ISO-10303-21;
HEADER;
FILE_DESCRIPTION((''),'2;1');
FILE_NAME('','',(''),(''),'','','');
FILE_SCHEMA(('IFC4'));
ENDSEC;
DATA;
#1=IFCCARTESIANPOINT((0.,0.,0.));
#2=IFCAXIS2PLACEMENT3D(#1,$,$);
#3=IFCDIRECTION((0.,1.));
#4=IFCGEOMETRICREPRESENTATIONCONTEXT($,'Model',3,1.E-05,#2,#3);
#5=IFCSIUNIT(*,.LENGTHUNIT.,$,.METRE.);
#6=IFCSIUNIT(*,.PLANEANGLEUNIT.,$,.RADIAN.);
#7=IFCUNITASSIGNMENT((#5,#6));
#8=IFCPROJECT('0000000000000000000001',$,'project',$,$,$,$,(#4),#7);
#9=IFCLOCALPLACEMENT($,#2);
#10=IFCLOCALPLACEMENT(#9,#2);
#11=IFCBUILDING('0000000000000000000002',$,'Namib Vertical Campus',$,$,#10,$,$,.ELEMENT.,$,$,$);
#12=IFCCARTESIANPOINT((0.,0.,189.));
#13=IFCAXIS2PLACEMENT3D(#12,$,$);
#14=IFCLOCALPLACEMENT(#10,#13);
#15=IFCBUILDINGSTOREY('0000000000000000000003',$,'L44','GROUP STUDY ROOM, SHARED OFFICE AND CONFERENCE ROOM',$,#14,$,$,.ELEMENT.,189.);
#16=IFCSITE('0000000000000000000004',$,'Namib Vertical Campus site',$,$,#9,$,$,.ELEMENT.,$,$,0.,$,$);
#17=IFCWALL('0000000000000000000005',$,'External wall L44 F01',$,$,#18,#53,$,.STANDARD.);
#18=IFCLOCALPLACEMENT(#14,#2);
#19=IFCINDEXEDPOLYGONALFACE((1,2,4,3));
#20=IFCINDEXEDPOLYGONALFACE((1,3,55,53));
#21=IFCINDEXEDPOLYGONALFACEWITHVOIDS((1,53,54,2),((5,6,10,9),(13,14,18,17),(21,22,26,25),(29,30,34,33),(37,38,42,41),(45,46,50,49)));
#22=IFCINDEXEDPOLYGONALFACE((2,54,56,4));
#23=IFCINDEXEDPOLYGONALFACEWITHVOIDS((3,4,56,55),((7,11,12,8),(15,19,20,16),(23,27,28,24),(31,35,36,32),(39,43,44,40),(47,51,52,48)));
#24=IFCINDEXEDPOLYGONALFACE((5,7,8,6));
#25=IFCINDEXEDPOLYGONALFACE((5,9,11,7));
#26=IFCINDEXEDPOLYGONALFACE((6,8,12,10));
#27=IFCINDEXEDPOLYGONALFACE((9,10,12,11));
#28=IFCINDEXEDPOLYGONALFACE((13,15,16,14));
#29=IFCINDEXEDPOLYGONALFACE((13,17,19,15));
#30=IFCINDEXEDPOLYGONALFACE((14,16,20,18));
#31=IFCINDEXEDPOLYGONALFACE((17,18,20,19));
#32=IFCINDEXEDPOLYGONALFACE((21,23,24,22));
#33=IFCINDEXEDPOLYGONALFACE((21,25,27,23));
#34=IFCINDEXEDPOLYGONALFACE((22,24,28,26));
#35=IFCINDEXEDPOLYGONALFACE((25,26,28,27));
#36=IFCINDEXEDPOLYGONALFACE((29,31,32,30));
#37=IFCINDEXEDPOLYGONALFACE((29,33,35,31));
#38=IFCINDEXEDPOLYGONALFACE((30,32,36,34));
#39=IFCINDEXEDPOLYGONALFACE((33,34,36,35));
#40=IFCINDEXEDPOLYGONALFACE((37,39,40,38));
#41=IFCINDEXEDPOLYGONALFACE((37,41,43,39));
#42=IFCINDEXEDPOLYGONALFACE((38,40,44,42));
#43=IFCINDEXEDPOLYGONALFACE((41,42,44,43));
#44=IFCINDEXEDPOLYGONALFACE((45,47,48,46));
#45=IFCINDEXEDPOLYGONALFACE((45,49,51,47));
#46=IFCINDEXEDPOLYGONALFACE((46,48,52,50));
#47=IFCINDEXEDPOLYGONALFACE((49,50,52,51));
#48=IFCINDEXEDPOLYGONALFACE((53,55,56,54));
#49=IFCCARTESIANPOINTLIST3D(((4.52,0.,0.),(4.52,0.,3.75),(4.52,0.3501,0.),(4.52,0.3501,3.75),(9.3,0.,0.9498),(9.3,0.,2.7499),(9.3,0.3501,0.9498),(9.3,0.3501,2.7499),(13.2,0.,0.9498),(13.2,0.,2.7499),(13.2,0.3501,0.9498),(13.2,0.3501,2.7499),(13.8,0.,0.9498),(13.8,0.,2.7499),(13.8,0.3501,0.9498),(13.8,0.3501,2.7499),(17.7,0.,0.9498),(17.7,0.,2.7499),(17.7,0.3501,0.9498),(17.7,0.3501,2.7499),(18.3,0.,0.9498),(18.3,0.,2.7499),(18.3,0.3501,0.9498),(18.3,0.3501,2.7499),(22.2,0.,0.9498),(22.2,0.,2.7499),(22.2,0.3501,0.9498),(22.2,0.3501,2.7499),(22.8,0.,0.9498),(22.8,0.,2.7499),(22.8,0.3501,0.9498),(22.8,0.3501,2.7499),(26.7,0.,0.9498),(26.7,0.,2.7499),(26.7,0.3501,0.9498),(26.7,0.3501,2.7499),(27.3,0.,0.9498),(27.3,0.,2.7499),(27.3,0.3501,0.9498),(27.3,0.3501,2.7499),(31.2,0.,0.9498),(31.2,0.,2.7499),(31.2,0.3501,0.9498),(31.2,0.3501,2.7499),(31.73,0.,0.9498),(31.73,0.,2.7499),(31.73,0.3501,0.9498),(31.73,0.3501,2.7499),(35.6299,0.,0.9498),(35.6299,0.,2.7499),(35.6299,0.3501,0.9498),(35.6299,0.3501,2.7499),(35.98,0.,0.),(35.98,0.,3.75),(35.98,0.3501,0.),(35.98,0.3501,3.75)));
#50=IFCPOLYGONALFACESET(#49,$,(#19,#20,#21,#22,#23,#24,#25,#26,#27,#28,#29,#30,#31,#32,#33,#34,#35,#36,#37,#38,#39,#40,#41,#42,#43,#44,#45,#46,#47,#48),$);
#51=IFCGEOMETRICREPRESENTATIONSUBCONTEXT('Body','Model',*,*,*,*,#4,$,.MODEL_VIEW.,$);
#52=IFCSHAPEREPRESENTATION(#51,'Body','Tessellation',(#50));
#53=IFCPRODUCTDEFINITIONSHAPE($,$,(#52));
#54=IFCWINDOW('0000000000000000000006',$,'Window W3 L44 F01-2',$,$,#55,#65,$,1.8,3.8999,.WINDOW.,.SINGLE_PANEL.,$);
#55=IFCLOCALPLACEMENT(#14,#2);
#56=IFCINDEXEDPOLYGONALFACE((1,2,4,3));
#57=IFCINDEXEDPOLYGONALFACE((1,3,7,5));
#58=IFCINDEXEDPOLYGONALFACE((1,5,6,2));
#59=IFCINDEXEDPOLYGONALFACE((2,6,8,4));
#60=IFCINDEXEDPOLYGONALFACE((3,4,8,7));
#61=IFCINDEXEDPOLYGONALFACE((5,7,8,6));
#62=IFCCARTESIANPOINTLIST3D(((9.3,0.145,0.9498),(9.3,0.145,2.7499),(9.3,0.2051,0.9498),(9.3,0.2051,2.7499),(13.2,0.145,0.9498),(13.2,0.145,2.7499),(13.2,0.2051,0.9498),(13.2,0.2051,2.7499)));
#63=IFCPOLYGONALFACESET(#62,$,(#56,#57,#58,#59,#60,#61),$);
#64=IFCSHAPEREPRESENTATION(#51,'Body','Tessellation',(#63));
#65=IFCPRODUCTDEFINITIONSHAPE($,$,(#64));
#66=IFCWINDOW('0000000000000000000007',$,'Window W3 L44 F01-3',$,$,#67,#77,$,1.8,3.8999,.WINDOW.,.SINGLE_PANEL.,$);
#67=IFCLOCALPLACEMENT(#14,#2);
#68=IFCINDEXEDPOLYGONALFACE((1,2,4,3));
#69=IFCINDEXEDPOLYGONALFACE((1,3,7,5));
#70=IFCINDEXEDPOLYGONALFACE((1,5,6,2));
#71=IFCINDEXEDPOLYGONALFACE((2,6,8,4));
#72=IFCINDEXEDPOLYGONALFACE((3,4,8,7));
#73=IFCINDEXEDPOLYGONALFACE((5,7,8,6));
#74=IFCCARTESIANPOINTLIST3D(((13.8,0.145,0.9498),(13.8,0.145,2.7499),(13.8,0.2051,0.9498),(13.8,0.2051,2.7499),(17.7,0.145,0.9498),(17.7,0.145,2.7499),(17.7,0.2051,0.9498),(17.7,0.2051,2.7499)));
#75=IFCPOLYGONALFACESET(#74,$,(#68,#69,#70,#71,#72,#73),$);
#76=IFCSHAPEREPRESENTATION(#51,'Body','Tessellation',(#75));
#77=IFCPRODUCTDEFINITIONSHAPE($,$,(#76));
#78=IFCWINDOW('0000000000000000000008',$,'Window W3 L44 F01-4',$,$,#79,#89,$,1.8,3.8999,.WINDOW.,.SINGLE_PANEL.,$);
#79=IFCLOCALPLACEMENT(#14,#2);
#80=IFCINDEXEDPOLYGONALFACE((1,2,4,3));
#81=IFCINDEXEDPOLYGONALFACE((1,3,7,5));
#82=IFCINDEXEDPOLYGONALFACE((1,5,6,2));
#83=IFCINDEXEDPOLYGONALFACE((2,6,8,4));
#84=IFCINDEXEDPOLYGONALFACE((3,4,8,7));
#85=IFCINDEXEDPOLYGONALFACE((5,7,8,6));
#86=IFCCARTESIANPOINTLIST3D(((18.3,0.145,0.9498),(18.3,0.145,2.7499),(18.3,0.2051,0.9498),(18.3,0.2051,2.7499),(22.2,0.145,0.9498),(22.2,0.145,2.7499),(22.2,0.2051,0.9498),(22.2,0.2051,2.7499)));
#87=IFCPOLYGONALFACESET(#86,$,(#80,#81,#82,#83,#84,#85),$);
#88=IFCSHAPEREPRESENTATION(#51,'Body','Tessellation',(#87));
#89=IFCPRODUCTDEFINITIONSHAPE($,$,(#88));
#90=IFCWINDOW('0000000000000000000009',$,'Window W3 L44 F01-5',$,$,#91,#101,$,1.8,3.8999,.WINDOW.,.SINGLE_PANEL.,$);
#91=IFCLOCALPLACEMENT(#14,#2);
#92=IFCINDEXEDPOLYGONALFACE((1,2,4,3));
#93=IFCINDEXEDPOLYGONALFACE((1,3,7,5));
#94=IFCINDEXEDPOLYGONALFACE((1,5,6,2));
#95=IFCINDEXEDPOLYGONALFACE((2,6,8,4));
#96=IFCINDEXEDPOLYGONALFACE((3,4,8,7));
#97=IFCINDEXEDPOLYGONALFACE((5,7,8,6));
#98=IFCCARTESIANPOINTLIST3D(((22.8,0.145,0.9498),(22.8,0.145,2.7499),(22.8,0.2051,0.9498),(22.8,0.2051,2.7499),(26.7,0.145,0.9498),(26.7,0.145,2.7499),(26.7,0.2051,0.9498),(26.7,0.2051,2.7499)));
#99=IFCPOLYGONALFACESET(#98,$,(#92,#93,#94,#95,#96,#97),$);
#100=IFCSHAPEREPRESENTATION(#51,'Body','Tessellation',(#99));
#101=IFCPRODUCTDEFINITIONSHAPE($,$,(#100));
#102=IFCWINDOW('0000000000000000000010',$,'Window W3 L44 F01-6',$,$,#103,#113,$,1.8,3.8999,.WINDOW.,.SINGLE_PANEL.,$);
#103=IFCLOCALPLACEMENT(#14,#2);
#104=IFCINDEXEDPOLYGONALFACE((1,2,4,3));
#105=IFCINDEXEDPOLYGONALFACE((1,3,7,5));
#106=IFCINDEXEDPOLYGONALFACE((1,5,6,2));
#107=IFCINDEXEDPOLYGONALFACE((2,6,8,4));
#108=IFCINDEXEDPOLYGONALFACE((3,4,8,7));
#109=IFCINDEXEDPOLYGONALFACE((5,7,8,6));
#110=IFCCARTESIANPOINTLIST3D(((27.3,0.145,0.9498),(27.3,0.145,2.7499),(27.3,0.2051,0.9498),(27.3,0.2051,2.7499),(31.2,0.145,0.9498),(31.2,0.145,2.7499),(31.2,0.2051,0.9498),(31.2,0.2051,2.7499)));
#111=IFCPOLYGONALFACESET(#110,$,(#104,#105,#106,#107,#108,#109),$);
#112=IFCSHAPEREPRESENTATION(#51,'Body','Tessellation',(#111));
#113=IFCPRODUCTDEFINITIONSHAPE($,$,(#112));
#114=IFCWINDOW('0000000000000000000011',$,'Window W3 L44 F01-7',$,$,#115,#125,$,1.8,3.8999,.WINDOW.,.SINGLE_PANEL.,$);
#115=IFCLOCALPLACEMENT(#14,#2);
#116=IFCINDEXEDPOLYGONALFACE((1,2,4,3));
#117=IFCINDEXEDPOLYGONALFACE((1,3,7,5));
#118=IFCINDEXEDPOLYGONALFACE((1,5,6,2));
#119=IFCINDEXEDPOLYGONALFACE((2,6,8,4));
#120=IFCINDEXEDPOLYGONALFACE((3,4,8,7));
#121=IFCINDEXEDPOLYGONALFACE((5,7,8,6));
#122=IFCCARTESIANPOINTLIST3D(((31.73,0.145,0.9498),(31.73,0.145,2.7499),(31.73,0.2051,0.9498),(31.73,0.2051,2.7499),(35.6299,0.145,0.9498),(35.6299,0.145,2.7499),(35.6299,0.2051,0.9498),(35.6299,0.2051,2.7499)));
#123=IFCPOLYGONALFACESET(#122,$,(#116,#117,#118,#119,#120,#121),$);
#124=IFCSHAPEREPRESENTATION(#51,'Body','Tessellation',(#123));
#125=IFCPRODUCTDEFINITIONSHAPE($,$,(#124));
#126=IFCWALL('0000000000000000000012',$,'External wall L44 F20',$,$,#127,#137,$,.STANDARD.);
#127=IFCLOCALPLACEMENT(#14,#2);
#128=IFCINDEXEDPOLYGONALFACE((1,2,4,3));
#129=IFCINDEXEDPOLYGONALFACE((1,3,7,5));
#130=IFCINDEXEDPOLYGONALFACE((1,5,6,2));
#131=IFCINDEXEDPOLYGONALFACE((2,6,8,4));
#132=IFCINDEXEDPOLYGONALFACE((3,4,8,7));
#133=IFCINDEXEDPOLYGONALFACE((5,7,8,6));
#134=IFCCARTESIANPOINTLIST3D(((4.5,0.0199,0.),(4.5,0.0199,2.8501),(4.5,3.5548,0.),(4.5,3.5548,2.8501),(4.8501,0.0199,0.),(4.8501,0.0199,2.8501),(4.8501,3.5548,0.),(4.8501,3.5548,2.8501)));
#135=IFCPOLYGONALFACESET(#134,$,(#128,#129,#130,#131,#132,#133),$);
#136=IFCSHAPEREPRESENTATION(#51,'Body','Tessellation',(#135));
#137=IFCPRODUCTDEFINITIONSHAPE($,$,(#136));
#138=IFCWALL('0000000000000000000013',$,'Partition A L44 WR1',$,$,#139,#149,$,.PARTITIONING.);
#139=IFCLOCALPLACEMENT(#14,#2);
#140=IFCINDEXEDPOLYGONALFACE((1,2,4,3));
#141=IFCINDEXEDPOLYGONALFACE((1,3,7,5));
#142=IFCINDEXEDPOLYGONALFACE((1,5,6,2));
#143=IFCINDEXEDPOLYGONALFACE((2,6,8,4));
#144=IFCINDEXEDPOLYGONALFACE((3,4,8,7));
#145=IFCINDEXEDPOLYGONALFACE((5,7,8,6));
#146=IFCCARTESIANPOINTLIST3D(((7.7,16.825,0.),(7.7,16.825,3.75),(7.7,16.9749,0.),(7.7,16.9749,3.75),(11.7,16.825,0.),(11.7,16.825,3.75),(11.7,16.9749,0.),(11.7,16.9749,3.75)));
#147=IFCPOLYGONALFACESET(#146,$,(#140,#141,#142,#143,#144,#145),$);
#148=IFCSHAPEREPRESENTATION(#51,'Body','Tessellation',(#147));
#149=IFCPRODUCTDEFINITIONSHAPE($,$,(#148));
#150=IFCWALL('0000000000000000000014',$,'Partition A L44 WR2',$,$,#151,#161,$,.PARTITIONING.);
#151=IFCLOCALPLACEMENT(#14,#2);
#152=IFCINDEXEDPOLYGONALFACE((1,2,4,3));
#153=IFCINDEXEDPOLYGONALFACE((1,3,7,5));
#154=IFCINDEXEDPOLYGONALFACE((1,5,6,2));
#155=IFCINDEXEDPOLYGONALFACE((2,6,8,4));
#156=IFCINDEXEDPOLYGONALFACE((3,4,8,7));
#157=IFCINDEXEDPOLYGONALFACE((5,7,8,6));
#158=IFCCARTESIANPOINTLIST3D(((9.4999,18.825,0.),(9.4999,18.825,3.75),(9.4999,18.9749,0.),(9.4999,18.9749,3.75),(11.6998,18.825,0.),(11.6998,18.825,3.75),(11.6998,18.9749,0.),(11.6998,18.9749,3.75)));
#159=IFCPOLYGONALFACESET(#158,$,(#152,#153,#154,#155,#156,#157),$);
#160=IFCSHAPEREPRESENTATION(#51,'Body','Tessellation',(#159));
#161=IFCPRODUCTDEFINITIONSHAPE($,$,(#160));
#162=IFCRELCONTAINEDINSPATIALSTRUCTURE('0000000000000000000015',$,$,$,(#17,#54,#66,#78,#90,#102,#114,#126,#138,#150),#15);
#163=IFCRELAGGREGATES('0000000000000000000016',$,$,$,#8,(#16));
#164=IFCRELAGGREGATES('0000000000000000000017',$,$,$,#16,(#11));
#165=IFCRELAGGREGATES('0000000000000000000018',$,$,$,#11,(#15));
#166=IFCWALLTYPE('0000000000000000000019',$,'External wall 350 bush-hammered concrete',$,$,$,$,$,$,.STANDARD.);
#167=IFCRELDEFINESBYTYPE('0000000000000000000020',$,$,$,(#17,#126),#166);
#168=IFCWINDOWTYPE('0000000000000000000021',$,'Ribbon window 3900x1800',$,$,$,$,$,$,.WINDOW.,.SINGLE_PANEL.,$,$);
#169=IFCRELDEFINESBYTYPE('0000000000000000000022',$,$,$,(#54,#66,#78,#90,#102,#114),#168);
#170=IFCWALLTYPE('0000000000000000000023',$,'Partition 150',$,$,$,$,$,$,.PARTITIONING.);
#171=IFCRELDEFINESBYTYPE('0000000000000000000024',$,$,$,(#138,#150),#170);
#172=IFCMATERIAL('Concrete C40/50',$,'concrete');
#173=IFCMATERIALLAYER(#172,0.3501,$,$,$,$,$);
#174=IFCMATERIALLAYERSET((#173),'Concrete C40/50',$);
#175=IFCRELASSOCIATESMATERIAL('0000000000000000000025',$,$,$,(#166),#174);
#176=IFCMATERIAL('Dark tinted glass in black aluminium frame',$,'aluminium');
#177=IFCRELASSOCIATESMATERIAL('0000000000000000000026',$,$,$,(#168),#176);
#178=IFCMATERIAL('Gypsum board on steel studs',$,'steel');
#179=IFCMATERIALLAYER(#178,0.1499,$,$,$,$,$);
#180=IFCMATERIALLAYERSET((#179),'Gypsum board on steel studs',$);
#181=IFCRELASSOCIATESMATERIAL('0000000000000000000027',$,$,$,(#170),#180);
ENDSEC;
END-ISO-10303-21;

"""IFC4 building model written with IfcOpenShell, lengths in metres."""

from ifc_helpers import new_model, si_unit, direction, frame, frame_2d, origin, place, context, subcontext, project, spatial, rectangle, extrude, material, layer, layer_set, type_object, element, fill, save


model = new_model("IFC4")

# Units and contexts
model_context = context("Model", 3, precision=1e-05, world=origin(), true_north=direction((0.0, 1.0)))
body_context = subcontext(model_context, "Body", "Model", "MODEL_VIEW")
ifc_project = project(units=[si_unit("LENGTHUNIT", "METRE"), si_unit("PLANEANGLEUNIT", "RADIAN")], contexts=[model_context])

# Site, building, storey
site_placement = place(None, origin())
site = spatial("IfcSite", under=ifc_project, at=site_placement, Name="Namib Vertical Campus site", CompositionType="ELEMENT", RefElevation=0.0)
building_placement = place(site_placement, origin())
building = spatial("IfcBuilding", under=site, at=building_placement, Name="Namib Vertical Campus", CompositionType="ELEMENT")
storey_placement = place(building_placement, frame((0.0, 0.0, 189.0)))
storey = spatial("IfcBuildingStorey", under=building, at=storey_placement, Name="L44", Description="GROUP STUDY ROOM, SHARED OFFICE AND CONFERENCE ROOM", CompositionType="ELEMENT", Elevation=189.0)

# Wall, openings, windows
ifc_material_1 = material(Name="Concrete C40/50", Category="concrete")
ifc_layer_1 = layer(ifc_material_1, 0.3501)
ifc_layer_set_1 = layer_set([ifc_layer_1], Name="Concrete C40/50")
wall_type_1 = type_object("IfcWallType", Name="External wall 350 bush-hammered concrete", PredefinedType="STANDARD", material=ifc_layer_set_1)
wall_1_placement = place(storey_placement, frame((4.52, 0.175, 0.0), z_axis=(0.0, 0.0, 1.0), x_axis=(1.0, 0.0, 0.0)))
wall_1 = element("IfcWall", 1, at=wall_1_placement, inside=storey, type_object=wall_type_1, Name="External wall L44 F01", PredefinedType="STANDARD", context=body_context, shape_type="SweptSolid", body=[
    extrude(rectangle(XDim=31.46, YDim=0.3501, at=frame_2d((15.73, 0.0))), origin(), (0.0, 0.0, 1.0), 3.75),
])
opening_1_placement = place(wall_1_placement, frame((4.78, 0.0, 0.95)))
opening_1 = element("IfcOpeningElement", 2, at=opening_1_placement, cuts=wall_1, PredefinedType="OPENING", context=body_context, shape_type="SweptSolid", body=[
    extrude(rectangle(XDim=3.8999, YDim=1.8, at=frame_2d((1.95, 0.8999))), frame((0.0, 0.1851, 0.0), z_axis=(0.0, -1.0, 0.0), x_axis=(1.0, 0.0, 0.0)), (0.0, 0.0, 1.0), 0.3701),
])
opening_2_placement = place(wall_1_placement, frame((9.28, 0.0, 0.95)))
opening_2 = element("IfcOpeningElement", 3, at=opening_2_placement, cuts=wall_1, PredefinedType="OPENING", context=body_context, shape_type="SweptSolid", body=[
    extrude(rectangle(XDim=3.8999, YDim=1.8, at=frame_2d((1.95, 0.8999))), frame((0.0, 0.1851, 0.0), z_axis=(0.0, -1.0, 0.0), x_axis=(1.0, 0.0, 0.0)), (0.0, 0.0, 1.0), 0.3701),
])
opening_3_placement = place(wall_1_placement, frame((13.78, 0.0, 0.95)))
opening_3 = element("IfcOpeningElement", 4, at=opening_3_placement, cuts=wall_1, PredefinedType="OPENING", context=body_context, shape_type="SweptSolid", body=[
    extrude(rectangle(XDim=3.8999, YDim=1.8, at=frame_2d((1.95, 0.8999))), frame((0.0, 0.1851, 0.0), z_axis=(0.0, -1.0, 0.0), x_axis=(1.0, 0.0, 0.0)), (0.0, 0.0, 1.0), 0.3701),
])
opening_4_placement = place(wall_1_placement, frame((18.28, 0.0, 0.95)))
opening_4 = element("IfcOpeningElement", 5, at=opening_4_placement, cuts=wall_1, PredefinedType="OPENING", context=body_context, shape_type="SweptSolid", body=[
    extrude(rectangle(XDim=3.8999, YDim=1.8, at=frame_2d((1.95, 0.8999))), frame((0.0, 0.1851, 0.0), z_axis=(0.0, -1.0, 0.0), x_axis=(1.0, 0.0, 0.0)), (0.0, 0.0, 1.0), 0.3701),
])
opening_5_placement = place(wall_1_placement, frame((22.78, 0.0, 0.95)))
opening_5 = element("IfcOpeningElement", 6, at=opening_5_placement, cuts=wall_1, PredefinedType="OPENING", context=body_context, shape_type="SweptSolid", body=[
    extrude(rectangle(XDim=3.8999, YDim=1.8, at=frame_2d((1.95, 0.8999))), frame((0.0, 0.1851, 0.0), z_axis=(0.0, -1.0, 0.0), x_axis=(1.0, 0.0, 0.0)), (0.0, 0.0, 1.0), 0.3701),
])
opening_6_placement = place(wall_1_placement, frame((27.21, 0.0, 0.95)))
opening_6 = element("IfcOpeningElement", 7, at=opening_6_placement, cuts=wall_1, PredefinedType="OPENING", context=body_context, shape_type="SweptSolid", body=[
    extrude(rectangle(XDim=3.8999, YDim=1.8, at=frame_2d((1.95, 0.8999))), frame((0.0, 0.1851, 0.0), z_axis=(0.0, -1.0, 0.0), x_axis=(1.0, 0.0, 0.0)), (0.0, 0.0, 1.0), 0.3701),
])
ifc_material_2 = material(Name="Dark tinted glass in black aluminium frame", Category="aluminium")
window_type = type_object("IfcWindowType", Name="Ribbon window 3900x1800", PartitioningType="SINGLE_PANEL", PredefinedType="WINDOW", material=ifc_material_2)
window_1_placement = place(opening_1_placement, origin())
window_1 = element("IfcWindow", 8, at=window_1_placement, inside=storey, type_object=window_type, Name="Window W3 L44 F01-2", OverallHeight=1.8, OverallWidth=3.8999, PartitioningType="SINGLE_PANEL", PredefinedType="WINDOW", context=body_context, shape_type="SweptSolid", body=[
    extrude(rectangle(XDim=3.8999, YDim=1.8, at=frame_2d((1.95, 0.8999))), frame((0.0, 0.03, 0.0), z_axis=(0.0, -1.0, 0.0), x_axis=(1.0, 0.0, 0.0)), (0.0, 0.0, 1.0), 0.0601),
])
fill(opening_1, window_1)
window_2_placement = place(opening_2_placement, origin())
window_2 = element("IfcWindow", 9, at=window_2_placement, inside=storey, type_object=window_type, Name="Window W3 L44 F01-3", OverallHeight=1.8, OverallWidth=3.8999, PartitioningType="SINGLE_PANEL", PredefinedType="WINDOW", context=body_context, shape_type="SweptSolid", body=[
    extrude(rectangle(XDim=3.8999, YDim=1.8, at=frame_2d((1.95, 0.8999))), frame((0.0, 0.03, 0.0), z_axis=(0.0, -1.0, 0.0), x_axis=(1.0, 0.0, 0.0)), (0.0, 0.0, 1.0), 0.0601),
])
fill(opening_2, window_2)
window_3_placement = place(opening_3_placement, origin())
window_3 = element("IfcWindow", 10, at=window_3_placement, inside=storey, type_object=window_type, Name="Window W3 L44 F01-4", OverallHeight=1.8, OverallWidth=3.8999, PartitioningType="SINGLE_PANEL", PredefinedType="WINDOW", context=body_context, shape_type="SweptSolid", body=[
    extrude(rectangle(XDim=3.8999, YDim=1.8, at=frame_2d((1.95, 0.8999))), frame((0.0, 0.03, 0.0), z_axis=(0.0, -1.0, 0.0), x_axis=(1.0, 0.0, 0.0)), (0.0, 0.0, 1.0), 0.0601),
])
fill(opening_3, window_3)
window_4_placement = place(opening_4_placement, origin())
window_4 = element("IfcWindow", 11, at=window_4_placement, inside=storey, type_object=window_type, Name="Window W3 L44 F01-5", OverallHeight=1.8, OverallWidth=3.8999, PartitioningType="SINGLE_PANEL", PredefinedType="WINDOW", context=body_context, shape_type="SweptSolid", body=[
    extrude(rectangle(XDim=3.8999, YDim=1.8, at=frame_2d((1.95, 0.8999))), frame((0.0, 0.03, 0.0), z_axis=(0.0, -1.0, 0.0), x_axis=(1.0, 0.0, 0.0)), (0.0, 0.0, 1.0), 0.0601),
])
fill(opening_4, window_4)
window_5_placement = place(opening_5_placement, origin())
window_5 = element("IfcWindow", 12, at=window_5_placement, inside=storey, type_object=window_type, Name="Window W3 L44 F01-6", OverallHeight=1.8, OverallWidth=3.8999, PartitioningType="SINGLE_PANEL", PredefinedType="WINDOW", context=body_context, shape_type="SweptSolid", body=[
    extrude(rectangle(XDim=3.8999, YDim=1.8, at=frame_2d((1.95, 0.8999))), frame((0.0, 0.03, 0.0), z_axis=(0.0, -1.0, 0.0), x_axis=(1.0, 0.0, 0.0)), (0.0, 0.0, 1.0), 0.0601),
])
fill(opening_5, window_5)
window_6_placement = place(opening_6_placement, origin())
window_6 = element("IfcWindow", 13, at=window_6_placement, inside=storey, type_object=window_type, Name="Window W3 L44 F01-7", OverallHeight=1.8, OverallWidth=3.8999, PartitioningType="SINGLE_PANEL", PredefinedType="WINDOW", context=body_context, shape_type="SweptSolid", body=[
    extrude(rectangle(XDim=3.8999, YDim=1.8, at=frame_2d((1.95, 0.8999))), frame((0.0, 0.03, 0.0), z_axis=(0.0, -1.0, 0.0), x_axis=(1.0, 0.0, 0.0)), (0.0, 0.0, 1.0), 0.0601),
])
fill(opening_6, window_6)

# Walls
wall_2_placement = place(storey_placement, frame((4.675, 3.5549, 0.0), z_axis=(0.0, 0.0, 1.0), x_axis=(0.0, -1.0, 0.0)))
element("IfcWall", 14, at=wall_2_placement, inside=storey, type_object=wall_type_1, Name="External wall L44 F20", PredefinedType="STANDARD", context=body_context, shape_type="SweptSolid", body=[
    extrude(rectangle(XDim=3.5349, YDim=0.3501, at=frame_2d((1.7676, 0.0))), origin(), (0.0, 0.0, 1.0), 2.8501),
])
ifc_material_3 = material(Name="Gypsum board on steel studs", Category="steel")
ifc_layer_2 = layer(ifc_material_3, 0.1499)
ifc_layer_set_2 = layer_set([ifc_layer_2], Name="Gypsum board on steel studs")
wall_type_2 = type_object("IfcWallType", Name="Partition 150", PredefinedType="PARTITIONING", material=ifc_layer_set_2)
wall_3_placement = place(storey_placement, frame((11.7, 16.8999, 0.0), z_axis=(0.0, 0.0, 1.0), x_axis=(-1.0, 0.0, 0.0)))
element("IfcWall", 15, at=wall_3_placement, inside=storey, type_object=wall_type_2, Name="Partition A L44 WR1", PredefinedType="PARTITIONING", context=body_context, shape_type="SweptSolid", body=[
    extrude(rectangle(XDim=4.0, YDim=0.1499, at=frame_2d((2.0, 0.0))), origin(), (0.0, 0.0, 1.0), 3.75),
])
wall_4_placement = place(storey_placement, frame((11.7, 18.8999, 0.0), z_axis=(0.0, 0.0, 1.0), x_axis=(-1.0, 0.0, 0.0)))
element("IfcWall", 16, at=wall_4_placement, inside=storey, type_object=wall_type_2, Name="Partition A L44 WR2", PredefinedType="PARTITIONING", context=body_context, shape_type="SweptSolid", body=[
    extrude(rectangle(XDim=2.2, YDim=0.1499, at=frame_2d((1.1001, 0.0))), origin(), (0.0, 0.0, 1.0), 3.75),
])

save(model, "model.ifc")
